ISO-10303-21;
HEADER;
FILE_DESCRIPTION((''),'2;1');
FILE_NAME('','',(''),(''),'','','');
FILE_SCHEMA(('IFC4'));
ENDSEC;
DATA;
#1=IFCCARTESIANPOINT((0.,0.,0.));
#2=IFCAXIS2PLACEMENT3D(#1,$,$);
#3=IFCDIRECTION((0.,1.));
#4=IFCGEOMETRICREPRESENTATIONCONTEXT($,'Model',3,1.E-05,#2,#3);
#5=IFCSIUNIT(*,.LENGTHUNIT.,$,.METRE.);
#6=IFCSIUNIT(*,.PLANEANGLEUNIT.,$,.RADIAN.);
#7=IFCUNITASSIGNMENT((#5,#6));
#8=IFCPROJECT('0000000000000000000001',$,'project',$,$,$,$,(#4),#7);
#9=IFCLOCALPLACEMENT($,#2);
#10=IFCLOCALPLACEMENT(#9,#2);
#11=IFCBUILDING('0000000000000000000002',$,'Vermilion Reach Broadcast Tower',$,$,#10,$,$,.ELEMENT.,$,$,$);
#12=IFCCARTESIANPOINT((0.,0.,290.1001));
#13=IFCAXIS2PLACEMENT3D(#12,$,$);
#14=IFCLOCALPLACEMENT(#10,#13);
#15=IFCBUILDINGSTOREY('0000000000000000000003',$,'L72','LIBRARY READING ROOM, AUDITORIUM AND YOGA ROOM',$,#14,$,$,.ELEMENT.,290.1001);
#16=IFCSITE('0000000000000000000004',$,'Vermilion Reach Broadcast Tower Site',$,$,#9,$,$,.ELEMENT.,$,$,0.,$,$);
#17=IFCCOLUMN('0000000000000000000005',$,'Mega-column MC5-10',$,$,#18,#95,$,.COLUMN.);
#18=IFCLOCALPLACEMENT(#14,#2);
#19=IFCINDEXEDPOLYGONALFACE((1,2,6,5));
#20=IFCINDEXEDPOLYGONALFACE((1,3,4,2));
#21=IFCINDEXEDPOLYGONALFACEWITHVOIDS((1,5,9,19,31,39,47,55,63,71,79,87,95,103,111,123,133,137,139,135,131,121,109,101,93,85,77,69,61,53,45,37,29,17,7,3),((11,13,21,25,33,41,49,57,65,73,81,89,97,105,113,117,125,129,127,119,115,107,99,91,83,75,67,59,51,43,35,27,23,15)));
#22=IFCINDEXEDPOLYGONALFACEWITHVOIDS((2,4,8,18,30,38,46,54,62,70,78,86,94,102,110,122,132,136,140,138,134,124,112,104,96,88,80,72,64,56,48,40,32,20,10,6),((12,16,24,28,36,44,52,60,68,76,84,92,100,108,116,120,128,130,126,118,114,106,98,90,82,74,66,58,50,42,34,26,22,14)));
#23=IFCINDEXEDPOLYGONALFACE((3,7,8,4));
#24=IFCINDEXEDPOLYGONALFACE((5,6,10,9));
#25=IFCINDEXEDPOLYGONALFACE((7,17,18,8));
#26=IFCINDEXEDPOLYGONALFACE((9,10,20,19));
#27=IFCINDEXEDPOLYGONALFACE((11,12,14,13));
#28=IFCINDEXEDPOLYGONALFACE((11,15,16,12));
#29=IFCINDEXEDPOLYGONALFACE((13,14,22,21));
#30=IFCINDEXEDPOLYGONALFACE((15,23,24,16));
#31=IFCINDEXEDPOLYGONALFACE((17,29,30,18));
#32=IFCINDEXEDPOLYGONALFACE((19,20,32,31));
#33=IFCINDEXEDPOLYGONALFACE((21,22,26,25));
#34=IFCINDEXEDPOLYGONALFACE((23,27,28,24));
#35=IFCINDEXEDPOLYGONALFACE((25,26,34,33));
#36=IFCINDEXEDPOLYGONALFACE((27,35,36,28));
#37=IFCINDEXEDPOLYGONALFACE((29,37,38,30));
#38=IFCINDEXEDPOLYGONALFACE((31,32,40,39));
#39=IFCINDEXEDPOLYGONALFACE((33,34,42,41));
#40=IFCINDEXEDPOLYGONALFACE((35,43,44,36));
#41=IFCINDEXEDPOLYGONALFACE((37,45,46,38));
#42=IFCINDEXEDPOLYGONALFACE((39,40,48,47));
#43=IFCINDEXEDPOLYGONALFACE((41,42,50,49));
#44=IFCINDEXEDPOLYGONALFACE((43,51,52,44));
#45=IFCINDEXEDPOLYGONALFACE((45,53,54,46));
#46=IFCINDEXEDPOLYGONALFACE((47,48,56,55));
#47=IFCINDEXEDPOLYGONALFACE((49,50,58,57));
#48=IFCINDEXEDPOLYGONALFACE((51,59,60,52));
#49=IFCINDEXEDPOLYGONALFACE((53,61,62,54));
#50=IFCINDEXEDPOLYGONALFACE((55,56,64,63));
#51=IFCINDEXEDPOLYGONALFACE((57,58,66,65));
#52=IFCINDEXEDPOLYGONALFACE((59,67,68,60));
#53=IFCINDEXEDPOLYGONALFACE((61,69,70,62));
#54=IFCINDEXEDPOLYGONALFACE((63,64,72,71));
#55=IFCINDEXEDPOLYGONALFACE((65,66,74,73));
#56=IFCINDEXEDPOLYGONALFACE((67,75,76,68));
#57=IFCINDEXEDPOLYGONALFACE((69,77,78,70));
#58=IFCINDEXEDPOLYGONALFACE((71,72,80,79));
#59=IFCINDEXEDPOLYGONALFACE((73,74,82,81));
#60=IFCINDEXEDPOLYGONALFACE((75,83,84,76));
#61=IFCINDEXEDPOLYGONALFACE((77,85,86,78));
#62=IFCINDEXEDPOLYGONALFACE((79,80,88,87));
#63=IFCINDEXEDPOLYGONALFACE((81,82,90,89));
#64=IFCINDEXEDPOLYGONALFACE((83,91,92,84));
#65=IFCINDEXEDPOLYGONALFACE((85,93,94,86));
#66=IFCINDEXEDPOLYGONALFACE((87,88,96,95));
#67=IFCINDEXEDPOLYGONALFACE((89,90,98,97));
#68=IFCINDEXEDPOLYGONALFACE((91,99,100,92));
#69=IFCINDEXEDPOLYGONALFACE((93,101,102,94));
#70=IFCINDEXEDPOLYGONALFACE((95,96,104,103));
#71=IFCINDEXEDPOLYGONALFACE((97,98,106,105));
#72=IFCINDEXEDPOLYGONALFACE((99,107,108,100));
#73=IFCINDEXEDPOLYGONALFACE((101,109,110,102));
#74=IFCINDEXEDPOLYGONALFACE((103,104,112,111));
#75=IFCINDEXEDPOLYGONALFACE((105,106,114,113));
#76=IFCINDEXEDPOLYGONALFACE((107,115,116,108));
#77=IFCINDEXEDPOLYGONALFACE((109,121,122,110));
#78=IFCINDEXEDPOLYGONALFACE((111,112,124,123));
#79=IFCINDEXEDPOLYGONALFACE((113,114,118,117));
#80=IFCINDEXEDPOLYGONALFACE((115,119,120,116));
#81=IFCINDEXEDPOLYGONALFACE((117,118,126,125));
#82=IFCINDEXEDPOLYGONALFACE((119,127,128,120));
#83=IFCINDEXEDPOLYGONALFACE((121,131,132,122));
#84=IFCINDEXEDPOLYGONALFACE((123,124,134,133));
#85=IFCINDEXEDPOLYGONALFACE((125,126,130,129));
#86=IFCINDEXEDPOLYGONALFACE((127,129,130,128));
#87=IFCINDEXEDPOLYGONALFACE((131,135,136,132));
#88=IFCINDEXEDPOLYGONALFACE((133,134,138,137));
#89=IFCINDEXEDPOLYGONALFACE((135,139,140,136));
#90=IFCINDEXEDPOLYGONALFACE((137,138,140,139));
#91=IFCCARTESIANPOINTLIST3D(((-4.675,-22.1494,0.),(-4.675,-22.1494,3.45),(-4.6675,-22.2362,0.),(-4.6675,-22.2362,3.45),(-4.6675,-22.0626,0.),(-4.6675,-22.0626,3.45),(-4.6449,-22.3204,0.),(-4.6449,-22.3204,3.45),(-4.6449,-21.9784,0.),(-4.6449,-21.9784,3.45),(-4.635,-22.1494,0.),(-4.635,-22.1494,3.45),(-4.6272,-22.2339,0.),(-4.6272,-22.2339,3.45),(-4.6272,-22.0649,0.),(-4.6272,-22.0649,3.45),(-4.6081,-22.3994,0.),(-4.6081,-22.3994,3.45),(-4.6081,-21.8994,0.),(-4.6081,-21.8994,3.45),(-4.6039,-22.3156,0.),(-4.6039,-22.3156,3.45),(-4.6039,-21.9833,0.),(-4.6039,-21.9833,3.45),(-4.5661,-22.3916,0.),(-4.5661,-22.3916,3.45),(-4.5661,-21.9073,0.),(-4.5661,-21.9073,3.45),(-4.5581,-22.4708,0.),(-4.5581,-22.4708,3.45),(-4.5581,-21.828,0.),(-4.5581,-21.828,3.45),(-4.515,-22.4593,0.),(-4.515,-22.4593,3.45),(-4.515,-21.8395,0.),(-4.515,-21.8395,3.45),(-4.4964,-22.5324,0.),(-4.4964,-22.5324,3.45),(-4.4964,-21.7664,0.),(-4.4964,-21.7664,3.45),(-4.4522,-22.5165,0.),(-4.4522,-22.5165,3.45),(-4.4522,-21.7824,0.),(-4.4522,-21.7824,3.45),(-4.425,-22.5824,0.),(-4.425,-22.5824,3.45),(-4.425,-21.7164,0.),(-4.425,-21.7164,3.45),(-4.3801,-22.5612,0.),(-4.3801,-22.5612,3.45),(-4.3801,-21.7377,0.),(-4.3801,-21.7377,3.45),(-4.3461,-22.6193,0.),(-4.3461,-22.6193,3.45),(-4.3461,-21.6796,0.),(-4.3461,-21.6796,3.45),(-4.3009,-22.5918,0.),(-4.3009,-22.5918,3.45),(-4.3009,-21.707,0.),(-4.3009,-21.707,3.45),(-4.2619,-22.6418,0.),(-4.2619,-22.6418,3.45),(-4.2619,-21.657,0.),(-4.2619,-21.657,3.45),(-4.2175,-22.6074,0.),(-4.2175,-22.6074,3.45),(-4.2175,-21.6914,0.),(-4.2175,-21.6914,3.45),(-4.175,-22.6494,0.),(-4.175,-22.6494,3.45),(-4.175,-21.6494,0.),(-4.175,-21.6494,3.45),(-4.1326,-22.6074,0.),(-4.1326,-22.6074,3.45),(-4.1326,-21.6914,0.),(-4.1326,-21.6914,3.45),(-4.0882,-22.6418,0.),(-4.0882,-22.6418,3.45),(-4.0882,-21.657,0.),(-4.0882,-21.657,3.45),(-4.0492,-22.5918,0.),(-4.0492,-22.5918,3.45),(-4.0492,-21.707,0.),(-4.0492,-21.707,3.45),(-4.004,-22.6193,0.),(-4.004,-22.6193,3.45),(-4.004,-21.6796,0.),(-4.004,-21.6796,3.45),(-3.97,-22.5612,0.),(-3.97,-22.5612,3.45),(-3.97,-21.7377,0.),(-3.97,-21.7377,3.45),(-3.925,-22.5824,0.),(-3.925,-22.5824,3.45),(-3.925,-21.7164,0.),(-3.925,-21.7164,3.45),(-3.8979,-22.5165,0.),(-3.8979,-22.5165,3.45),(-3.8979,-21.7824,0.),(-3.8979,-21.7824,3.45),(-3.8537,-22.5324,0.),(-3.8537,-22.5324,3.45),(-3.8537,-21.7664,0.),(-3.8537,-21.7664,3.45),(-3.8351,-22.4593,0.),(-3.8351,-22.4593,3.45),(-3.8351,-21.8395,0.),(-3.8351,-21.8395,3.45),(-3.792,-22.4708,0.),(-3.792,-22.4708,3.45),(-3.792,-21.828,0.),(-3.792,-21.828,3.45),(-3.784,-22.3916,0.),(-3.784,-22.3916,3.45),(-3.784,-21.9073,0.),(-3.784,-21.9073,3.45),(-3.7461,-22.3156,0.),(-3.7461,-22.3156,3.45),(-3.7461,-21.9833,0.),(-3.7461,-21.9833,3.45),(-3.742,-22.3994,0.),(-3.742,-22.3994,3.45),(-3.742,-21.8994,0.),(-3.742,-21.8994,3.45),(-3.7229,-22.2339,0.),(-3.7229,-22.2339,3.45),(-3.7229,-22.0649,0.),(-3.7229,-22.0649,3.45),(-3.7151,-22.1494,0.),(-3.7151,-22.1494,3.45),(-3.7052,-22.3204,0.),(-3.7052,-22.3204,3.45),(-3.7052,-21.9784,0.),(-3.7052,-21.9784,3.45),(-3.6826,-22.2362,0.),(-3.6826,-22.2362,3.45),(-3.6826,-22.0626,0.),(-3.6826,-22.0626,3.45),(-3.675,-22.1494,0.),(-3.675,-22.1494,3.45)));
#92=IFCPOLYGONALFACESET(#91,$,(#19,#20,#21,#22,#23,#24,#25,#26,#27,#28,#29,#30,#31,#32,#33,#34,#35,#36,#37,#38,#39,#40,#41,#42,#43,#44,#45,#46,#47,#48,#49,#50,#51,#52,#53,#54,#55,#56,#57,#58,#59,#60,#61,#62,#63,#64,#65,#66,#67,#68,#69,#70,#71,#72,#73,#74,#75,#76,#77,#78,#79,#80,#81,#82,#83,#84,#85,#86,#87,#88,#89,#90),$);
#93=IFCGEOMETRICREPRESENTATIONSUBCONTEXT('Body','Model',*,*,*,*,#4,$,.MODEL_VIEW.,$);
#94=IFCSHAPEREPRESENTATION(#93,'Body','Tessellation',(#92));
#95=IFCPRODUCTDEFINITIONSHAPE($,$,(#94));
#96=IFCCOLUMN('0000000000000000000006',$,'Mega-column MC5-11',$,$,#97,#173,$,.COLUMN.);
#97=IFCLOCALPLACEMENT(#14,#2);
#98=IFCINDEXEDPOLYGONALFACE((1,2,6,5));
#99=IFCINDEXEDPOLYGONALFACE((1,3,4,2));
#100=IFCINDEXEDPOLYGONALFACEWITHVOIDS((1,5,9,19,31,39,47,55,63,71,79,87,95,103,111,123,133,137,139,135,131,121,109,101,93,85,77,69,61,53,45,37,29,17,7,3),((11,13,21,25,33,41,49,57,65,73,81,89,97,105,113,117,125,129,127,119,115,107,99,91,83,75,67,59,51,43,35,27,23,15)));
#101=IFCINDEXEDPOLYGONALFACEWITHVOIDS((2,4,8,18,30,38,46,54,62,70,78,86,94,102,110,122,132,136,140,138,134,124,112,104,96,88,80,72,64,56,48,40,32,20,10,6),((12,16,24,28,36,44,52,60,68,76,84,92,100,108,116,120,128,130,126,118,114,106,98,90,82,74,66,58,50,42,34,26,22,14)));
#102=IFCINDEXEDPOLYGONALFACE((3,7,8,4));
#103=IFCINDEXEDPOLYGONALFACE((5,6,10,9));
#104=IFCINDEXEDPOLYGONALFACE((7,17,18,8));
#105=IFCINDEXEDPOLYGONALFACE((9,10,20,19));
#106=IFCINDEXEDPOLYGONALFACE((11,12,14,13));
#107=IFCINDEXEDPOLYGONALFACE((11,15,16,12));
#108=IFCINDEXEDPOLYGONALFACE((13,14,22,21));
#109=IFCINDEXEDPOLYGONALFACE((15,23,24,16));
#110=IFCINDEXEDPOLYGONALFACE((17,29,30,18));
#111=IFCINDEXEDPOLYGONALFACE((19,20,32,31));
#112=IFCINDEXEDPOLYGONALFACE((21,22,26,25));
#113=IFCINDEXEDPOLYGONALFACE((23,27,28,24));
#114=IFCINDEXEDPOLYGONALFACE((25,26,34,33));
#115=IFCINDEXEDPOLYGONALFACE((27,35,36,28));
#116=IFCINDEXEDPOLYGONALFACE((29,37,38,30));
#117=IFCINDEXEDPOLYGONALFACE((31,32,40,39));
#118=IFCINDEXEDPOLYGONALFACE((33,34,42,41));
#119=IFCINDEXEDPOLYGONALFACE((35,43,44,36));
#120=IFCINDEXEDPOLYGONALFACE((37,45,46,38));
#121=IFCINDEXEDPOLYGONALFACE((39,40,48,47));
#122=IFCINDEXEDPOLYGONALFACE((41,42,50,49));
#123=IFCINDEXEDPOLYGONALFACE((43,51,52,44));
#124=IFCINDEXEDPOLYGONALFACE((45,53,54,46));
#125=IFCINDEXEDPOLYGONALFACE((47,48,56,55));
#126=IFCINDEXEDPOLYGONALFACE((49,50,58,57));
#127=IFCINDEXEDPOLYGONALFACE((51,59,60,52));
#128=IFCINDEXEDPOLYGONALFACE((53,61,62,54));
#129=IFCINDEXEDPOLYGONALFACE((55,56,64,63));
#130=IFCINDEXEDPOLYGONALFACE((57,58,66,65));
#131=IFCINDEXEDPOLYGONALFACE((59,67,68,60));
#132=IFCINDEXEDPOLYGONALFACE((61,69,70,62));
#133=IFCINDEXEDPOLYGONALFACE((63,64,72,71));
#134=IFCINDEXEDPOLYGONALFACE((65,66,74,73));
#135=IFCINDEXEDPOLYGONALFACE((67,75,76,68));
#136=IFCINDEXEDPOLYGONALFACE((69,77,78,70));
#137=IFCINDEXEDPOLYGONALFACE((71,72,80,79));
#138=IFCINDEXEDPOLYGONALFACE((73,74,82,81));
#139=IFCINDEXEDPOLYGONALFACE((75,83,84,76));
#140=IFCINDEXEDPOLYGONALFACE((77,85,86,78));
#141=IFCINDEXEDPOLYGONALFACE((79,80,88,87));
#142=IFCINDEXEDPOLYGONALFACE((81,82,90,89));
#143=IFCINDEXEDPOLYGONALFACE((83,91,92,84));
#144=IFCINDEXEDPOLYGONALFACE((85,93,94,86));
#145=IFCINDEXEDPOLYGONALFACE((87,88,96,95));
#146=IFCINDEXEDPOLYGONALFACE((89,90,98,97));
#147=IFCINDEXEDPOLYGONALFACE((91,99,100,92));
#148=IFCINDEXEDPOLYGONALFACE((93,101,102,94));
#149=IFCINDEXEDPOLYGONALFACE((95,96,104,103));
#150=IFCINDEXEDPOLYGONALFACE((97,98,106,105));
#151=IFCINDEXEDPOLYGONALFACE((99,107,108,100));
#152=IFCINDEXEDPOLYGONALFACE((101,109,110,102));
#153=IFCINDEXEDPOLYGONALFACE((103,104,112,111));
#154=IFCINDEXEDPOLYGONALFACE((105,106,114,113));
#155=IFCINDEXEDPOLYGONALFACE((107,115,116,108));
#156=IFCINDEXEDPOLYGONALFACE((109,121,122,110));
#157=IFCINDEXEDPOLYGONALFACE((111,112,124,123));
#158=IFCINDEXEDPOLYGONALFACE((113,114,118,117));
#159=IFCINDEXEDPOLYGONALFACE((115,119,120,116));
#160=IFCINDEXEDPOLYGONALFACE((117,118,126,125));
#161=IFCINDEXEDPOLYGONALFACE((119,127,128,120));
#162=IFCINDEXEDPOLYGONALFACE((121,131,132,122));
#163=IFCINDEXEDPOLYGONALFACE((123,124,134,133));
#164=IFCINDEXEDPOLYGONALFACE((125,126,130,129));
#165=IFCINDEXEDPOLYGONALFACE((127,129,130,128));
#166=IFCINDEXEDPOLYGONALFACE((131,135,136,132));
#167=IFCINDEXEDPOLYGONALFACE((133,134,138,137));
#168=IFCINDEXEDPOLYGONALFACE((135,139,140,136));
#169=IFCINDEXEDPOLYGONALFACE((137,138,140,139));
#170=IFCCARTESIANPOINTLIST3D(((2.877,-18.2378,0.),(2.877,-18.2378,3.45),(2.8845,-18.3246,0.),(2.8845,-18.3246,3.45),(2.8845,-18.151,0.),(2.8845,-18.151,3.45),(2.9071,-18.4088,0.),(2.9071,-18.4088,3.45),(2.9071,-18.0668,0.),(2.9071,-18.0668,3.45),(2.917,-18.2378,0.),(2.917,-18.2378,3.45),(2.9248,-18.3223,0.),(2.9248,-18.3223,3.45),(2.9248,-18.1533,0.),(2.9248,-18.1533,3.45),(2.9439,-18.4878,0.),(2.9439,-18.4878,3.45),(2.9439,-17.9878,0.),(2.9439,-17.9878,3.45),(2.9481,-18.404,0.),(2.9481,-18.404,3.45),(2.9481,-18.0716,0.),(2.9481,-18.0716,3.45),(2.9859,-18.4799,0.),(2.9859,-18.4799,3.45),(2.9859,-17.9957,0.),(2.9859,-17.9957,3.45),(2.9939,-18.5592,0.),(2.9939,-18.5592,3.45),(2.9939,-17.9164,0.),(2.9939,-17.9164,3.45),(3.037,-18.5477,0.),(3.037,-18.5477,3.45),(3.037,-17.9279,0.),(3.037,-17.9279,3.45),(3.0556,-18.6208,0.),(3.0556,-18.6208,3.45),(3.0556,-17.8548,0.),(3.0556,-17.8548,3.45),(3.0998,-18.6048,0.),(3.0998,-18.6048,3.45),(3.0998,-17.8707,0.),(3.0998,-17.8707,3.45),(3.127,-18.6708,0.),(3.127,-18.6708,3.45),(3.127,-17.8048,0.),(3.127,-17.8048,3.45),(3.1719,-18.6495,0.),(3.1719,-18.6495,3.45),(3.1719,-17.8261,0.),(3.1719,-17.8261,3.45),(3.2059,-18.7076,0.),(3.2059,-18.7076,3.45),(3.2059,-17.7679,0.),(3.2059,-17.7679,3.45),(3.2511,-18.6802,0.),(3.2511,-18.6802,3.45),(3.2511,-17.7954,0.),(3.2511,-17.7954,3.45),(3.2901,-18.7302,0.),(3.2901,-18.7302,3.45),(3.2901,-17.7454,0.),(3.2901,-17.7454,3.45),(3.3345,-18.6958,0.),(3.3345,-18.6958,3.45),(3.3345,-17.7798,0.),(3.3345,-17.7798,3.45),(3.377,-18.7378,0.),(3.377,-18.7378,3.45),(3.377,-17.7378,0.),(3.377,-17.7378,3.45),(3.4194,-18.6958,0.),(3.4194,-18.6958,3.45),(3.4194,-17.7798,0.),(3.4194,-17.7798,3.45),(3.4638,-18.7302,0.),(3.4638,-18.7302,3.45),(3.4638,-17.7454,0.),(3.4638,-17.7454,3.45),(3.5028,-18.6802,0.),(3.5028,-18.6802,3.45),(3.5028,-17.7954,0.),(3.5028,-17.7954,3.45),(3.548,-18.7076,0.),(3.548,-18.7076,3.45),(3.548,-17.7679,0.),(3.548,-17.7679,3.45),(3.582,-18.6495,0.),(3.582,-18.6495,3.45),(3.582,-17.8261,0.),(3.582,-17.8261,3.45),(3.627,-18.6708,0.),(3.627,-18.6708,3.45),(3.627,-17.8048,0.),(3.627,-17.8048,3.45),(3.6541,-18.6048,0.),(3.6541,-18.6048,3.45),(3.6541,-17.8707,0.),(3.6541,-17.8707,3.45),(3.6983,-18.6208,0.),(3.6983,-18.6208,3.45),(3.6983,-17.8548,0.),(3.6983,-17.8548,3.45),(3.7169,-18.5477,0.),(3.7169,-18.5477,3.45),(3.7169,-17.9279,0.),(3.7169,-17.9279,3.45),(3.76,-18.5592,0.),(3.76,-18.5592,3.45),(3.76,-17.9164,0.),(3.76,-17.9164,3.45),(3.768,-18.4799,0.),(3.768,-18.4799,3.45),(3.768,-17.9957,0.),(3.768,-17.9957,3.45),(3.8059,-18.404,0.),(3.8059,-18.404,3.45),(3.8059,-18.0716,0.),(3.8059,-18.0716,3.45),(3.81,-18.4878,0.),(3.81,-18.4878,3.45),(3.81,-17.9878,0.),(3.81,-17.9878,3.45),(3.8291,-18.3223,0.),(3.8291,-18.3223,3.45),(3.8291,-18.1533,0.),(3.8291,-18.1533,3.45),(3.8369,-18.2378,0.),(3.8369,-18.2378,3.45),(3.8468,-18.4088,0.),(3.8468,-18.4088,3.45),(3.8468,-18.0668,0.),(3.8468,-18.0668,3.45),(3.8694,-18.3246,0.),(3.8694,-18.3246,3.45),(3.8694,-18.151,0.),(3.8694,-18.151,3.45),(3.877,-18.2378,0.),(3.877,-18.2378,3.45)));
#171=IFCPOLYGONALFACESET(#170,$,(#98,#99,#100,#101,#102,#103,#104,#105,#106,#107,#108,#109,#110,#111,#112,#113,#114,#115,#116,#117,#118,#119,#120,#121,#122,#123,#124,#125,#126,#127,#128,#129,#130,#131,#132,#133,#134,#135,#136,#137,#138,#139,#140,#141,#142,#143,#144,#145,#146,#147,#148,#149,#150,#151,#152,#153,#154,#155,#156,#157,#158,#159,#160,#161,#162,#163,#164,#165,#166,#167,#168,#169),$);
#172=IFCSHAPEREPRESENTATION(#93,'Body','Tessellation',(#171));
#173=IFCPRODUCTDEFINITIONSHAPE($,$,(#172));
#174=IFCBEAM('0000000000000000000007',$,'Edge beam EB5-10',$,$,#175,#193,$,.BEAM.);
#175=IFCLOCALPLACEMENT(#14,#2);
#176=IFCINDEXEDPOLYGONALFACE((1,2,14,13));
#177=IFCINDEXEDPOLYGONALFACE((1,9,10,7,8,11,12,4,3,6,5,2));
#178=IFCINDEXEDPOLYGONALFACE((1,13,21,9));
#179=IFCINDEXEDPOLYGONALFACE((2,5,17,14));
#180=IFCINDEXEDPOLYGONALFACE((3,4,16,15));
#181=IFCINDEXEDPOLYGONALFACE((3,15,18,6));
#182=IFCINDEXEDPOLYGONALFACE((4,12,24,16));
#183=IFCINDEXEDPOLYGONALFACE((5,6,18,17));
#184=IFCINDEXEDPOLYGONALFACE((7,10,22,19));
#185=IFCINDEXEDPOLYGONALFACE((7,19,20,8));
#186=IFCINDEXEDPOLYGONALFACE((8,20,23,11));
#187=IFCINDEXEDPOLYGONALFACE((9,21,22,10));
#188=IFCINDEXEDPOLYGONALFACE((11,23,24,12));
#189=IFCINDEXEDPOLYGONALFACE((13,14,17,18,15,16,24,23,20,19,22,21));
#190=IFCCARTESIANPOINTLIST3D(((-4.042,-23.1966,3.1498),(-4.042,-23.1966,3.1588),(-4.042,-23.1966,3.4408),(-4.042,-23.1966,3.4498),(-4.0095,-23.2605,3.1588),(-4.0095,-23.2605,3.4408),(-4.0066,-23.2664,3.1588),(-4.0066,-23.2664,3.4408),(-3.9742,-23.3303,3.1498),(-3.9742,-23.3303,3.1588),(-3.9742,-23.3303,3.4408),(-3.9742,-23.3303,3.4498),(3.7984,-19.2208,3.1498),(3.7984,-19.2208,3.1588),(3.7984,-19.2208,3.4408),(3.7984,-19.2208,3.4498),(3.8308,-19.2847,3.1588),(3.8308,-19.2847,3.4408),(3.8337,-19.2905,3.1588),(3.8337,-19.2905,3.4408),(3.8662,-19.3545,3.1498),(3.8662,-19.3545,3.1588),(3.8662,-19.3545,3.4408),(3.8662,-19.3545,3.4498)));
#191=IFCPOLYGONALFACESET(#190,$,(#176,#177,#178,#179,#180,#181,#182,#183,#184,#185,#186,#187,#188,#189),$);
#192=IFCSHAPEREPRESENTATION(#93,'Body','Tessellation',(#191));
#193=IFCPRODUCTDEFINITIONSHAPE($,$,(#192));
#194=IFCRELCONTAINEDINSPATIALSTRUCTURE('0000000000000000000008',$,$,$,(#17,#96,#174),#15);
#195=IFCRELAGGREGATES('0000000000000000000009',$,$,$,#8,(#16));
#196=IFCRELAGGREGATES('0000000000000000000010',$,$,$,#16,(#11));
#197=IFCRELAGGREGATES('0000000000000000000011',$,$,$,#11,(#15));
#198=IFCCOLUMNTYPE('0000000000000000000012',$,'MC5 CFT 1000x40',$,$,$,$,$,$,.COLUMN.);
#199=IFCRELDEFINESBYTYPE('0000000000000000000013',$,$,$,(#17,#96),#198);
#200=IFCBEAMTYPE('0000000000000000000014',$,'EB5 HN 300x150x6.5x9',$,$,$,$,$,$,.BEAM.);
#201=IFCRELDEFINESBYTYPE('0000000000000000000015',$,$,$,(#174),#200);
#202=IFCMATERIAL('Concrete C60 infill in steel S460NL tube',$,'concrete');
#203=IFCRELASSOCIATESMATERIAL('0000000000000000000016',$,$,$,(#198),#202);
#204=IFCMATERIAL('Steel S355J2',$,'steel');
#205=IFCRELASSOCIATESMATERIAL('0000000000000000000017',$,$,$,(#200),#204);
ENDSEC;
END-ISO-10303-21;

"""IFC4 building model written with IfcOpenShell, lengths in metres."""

from ifc_helpers import new_model, si_unit, direction, frame, origin, origin_2d, place, context, subcontext, project, spatial, hollow_circle, i_section, extrude, material, material_profile, profile_set, type_object, element, save


model = new_model("IFC4")

# Units and contexts
model_context = context("Model", 3, precision=1e-05, world=origin(), true_north=direction((0.0, 1.0)))
body_context = subcontext(model_context, "Body", "Model", "MODEL_VIEW")
ifc_project = project(units=[si_unit("LENGTHUNIT", "METRE"), si_unit("PLANEANGLEUNIT", "RADIAN")], contexts=[model_context])

# Site, building, storey
site_placement = place(None, origin())
site = spatial("IfcSite", under=ifc_project, at=site_placement, Name="Vermilion Reach Broadcast Tower Site", CompositionType="ELEMENT", RefElevation=0.0)
building_placement = place(site_placement, origin())
building = spatial("IfcBuilding", under=site, at=building_placement, Name="Vermilion Reach Broadcast Tower", CompositionType="ELEMENT")
storey_placement = place(building_placement, frame((0.0, 0.0, 290.1001)))
storey = spatial("IfcBuildingStorey", under=building, at=storey_placement, Name="L72", Description="LIBRARY READING ROOM, AUDITORIUM AND YOGA ROOM", CompositionType="ELEMENT", Elevation=290.1001)

# Columns
ifc_material_1 = material(Name="Concrete C60 infill in steel S460NL tube", Category="concrete")
ifc_material_profile_1 = material_profile(ifc_material_1, hollow_circle(Radius=0.5, WallThickness=0.04, at=origin_2d()), Name="Concrete C60 infill in steel S460NL tube CFT 1000x40")
ifc_profile_set_1 = profile_set([ifc_material_profile_1], Name="Concrete C60 infill in steel S460NL tube")
column_type = type_object("IfcColumnType", Name="MC5 CFT 1000x40", PredefinedType="COLUMN", material=ifc_profile_set_1)
for number, where, z_axis, x_axis, name in (
    (1, (-4.175, -22.1494, 0.0), (0.0, 0.0, 1.0), (1.0, 0.0, 0.0), "Mega-column MC5-10"),
    (2, (3.377, -18.2378, 0.0), (0.0, 0.0, 1.0), (1.0, 0.0, 0.0), "Mega-column MC5-11"),
):
    element("IfcColumn", number, at=place(storey_placement, frame(where, z_axis=z_axis, x_axis=x_axis)), inside=storey, type_object=column_type, Name=name, PredefinedType="COLUMN", context=body_context, shape_type="SweptSolid", body=[
        extrude(hollow_circle(Radius=0.5, WallThickness=0.04, at=origin_2d()), origin(), (0.0, 0.0, 1.0), 3.45),
    ])

# Beam
ifc_material_2 = material(Name="Steel S355J2", Category="steel")
ifc_material_profile_2 = material_profile(ifc_material_2, i_section(OverallWidth=0.1499, OverallDepth=0.3, WebThickness=0.0066, FlangeThickness=0.009, at=origin_2d()), Name="S355J2 HN 300x150x6.5x9")
ifc_profile_set_2 = profile_set([ifc_material_profile_2], Name="Steel S355J2")
beam_type_1 = type_object("IfcBeamType", Name="EB5 HN 300x150x6.5x9", PredefinedType="BEAM", material=ifc_profile_set_2)
beam_1_placement = place(storey_placement, frame((-4.0081, -23.2634, 3.2998), z_axis=(0.89188, 0.452272, 0.0), x_axis=(-0.452272, 0.89188, 0.0)))
element("IfcBeam", 3, at=beam_1_placement, inside=storey, type_object=beam_type_1, Name="Edge beam EB5-10", PredefinedType="BEAM", context=body_context, shape_type="SweptSolid", body=[
    extrude(i_section(OverallWidth=0.1499, OverallDepth=0.3, WebThickness=0.0066, FlangeThickness=0.009, at=origin_2d()), origin(), (0.0, 0.0, 1.0), 8.7908),
])

save(model, "model.ifc")
